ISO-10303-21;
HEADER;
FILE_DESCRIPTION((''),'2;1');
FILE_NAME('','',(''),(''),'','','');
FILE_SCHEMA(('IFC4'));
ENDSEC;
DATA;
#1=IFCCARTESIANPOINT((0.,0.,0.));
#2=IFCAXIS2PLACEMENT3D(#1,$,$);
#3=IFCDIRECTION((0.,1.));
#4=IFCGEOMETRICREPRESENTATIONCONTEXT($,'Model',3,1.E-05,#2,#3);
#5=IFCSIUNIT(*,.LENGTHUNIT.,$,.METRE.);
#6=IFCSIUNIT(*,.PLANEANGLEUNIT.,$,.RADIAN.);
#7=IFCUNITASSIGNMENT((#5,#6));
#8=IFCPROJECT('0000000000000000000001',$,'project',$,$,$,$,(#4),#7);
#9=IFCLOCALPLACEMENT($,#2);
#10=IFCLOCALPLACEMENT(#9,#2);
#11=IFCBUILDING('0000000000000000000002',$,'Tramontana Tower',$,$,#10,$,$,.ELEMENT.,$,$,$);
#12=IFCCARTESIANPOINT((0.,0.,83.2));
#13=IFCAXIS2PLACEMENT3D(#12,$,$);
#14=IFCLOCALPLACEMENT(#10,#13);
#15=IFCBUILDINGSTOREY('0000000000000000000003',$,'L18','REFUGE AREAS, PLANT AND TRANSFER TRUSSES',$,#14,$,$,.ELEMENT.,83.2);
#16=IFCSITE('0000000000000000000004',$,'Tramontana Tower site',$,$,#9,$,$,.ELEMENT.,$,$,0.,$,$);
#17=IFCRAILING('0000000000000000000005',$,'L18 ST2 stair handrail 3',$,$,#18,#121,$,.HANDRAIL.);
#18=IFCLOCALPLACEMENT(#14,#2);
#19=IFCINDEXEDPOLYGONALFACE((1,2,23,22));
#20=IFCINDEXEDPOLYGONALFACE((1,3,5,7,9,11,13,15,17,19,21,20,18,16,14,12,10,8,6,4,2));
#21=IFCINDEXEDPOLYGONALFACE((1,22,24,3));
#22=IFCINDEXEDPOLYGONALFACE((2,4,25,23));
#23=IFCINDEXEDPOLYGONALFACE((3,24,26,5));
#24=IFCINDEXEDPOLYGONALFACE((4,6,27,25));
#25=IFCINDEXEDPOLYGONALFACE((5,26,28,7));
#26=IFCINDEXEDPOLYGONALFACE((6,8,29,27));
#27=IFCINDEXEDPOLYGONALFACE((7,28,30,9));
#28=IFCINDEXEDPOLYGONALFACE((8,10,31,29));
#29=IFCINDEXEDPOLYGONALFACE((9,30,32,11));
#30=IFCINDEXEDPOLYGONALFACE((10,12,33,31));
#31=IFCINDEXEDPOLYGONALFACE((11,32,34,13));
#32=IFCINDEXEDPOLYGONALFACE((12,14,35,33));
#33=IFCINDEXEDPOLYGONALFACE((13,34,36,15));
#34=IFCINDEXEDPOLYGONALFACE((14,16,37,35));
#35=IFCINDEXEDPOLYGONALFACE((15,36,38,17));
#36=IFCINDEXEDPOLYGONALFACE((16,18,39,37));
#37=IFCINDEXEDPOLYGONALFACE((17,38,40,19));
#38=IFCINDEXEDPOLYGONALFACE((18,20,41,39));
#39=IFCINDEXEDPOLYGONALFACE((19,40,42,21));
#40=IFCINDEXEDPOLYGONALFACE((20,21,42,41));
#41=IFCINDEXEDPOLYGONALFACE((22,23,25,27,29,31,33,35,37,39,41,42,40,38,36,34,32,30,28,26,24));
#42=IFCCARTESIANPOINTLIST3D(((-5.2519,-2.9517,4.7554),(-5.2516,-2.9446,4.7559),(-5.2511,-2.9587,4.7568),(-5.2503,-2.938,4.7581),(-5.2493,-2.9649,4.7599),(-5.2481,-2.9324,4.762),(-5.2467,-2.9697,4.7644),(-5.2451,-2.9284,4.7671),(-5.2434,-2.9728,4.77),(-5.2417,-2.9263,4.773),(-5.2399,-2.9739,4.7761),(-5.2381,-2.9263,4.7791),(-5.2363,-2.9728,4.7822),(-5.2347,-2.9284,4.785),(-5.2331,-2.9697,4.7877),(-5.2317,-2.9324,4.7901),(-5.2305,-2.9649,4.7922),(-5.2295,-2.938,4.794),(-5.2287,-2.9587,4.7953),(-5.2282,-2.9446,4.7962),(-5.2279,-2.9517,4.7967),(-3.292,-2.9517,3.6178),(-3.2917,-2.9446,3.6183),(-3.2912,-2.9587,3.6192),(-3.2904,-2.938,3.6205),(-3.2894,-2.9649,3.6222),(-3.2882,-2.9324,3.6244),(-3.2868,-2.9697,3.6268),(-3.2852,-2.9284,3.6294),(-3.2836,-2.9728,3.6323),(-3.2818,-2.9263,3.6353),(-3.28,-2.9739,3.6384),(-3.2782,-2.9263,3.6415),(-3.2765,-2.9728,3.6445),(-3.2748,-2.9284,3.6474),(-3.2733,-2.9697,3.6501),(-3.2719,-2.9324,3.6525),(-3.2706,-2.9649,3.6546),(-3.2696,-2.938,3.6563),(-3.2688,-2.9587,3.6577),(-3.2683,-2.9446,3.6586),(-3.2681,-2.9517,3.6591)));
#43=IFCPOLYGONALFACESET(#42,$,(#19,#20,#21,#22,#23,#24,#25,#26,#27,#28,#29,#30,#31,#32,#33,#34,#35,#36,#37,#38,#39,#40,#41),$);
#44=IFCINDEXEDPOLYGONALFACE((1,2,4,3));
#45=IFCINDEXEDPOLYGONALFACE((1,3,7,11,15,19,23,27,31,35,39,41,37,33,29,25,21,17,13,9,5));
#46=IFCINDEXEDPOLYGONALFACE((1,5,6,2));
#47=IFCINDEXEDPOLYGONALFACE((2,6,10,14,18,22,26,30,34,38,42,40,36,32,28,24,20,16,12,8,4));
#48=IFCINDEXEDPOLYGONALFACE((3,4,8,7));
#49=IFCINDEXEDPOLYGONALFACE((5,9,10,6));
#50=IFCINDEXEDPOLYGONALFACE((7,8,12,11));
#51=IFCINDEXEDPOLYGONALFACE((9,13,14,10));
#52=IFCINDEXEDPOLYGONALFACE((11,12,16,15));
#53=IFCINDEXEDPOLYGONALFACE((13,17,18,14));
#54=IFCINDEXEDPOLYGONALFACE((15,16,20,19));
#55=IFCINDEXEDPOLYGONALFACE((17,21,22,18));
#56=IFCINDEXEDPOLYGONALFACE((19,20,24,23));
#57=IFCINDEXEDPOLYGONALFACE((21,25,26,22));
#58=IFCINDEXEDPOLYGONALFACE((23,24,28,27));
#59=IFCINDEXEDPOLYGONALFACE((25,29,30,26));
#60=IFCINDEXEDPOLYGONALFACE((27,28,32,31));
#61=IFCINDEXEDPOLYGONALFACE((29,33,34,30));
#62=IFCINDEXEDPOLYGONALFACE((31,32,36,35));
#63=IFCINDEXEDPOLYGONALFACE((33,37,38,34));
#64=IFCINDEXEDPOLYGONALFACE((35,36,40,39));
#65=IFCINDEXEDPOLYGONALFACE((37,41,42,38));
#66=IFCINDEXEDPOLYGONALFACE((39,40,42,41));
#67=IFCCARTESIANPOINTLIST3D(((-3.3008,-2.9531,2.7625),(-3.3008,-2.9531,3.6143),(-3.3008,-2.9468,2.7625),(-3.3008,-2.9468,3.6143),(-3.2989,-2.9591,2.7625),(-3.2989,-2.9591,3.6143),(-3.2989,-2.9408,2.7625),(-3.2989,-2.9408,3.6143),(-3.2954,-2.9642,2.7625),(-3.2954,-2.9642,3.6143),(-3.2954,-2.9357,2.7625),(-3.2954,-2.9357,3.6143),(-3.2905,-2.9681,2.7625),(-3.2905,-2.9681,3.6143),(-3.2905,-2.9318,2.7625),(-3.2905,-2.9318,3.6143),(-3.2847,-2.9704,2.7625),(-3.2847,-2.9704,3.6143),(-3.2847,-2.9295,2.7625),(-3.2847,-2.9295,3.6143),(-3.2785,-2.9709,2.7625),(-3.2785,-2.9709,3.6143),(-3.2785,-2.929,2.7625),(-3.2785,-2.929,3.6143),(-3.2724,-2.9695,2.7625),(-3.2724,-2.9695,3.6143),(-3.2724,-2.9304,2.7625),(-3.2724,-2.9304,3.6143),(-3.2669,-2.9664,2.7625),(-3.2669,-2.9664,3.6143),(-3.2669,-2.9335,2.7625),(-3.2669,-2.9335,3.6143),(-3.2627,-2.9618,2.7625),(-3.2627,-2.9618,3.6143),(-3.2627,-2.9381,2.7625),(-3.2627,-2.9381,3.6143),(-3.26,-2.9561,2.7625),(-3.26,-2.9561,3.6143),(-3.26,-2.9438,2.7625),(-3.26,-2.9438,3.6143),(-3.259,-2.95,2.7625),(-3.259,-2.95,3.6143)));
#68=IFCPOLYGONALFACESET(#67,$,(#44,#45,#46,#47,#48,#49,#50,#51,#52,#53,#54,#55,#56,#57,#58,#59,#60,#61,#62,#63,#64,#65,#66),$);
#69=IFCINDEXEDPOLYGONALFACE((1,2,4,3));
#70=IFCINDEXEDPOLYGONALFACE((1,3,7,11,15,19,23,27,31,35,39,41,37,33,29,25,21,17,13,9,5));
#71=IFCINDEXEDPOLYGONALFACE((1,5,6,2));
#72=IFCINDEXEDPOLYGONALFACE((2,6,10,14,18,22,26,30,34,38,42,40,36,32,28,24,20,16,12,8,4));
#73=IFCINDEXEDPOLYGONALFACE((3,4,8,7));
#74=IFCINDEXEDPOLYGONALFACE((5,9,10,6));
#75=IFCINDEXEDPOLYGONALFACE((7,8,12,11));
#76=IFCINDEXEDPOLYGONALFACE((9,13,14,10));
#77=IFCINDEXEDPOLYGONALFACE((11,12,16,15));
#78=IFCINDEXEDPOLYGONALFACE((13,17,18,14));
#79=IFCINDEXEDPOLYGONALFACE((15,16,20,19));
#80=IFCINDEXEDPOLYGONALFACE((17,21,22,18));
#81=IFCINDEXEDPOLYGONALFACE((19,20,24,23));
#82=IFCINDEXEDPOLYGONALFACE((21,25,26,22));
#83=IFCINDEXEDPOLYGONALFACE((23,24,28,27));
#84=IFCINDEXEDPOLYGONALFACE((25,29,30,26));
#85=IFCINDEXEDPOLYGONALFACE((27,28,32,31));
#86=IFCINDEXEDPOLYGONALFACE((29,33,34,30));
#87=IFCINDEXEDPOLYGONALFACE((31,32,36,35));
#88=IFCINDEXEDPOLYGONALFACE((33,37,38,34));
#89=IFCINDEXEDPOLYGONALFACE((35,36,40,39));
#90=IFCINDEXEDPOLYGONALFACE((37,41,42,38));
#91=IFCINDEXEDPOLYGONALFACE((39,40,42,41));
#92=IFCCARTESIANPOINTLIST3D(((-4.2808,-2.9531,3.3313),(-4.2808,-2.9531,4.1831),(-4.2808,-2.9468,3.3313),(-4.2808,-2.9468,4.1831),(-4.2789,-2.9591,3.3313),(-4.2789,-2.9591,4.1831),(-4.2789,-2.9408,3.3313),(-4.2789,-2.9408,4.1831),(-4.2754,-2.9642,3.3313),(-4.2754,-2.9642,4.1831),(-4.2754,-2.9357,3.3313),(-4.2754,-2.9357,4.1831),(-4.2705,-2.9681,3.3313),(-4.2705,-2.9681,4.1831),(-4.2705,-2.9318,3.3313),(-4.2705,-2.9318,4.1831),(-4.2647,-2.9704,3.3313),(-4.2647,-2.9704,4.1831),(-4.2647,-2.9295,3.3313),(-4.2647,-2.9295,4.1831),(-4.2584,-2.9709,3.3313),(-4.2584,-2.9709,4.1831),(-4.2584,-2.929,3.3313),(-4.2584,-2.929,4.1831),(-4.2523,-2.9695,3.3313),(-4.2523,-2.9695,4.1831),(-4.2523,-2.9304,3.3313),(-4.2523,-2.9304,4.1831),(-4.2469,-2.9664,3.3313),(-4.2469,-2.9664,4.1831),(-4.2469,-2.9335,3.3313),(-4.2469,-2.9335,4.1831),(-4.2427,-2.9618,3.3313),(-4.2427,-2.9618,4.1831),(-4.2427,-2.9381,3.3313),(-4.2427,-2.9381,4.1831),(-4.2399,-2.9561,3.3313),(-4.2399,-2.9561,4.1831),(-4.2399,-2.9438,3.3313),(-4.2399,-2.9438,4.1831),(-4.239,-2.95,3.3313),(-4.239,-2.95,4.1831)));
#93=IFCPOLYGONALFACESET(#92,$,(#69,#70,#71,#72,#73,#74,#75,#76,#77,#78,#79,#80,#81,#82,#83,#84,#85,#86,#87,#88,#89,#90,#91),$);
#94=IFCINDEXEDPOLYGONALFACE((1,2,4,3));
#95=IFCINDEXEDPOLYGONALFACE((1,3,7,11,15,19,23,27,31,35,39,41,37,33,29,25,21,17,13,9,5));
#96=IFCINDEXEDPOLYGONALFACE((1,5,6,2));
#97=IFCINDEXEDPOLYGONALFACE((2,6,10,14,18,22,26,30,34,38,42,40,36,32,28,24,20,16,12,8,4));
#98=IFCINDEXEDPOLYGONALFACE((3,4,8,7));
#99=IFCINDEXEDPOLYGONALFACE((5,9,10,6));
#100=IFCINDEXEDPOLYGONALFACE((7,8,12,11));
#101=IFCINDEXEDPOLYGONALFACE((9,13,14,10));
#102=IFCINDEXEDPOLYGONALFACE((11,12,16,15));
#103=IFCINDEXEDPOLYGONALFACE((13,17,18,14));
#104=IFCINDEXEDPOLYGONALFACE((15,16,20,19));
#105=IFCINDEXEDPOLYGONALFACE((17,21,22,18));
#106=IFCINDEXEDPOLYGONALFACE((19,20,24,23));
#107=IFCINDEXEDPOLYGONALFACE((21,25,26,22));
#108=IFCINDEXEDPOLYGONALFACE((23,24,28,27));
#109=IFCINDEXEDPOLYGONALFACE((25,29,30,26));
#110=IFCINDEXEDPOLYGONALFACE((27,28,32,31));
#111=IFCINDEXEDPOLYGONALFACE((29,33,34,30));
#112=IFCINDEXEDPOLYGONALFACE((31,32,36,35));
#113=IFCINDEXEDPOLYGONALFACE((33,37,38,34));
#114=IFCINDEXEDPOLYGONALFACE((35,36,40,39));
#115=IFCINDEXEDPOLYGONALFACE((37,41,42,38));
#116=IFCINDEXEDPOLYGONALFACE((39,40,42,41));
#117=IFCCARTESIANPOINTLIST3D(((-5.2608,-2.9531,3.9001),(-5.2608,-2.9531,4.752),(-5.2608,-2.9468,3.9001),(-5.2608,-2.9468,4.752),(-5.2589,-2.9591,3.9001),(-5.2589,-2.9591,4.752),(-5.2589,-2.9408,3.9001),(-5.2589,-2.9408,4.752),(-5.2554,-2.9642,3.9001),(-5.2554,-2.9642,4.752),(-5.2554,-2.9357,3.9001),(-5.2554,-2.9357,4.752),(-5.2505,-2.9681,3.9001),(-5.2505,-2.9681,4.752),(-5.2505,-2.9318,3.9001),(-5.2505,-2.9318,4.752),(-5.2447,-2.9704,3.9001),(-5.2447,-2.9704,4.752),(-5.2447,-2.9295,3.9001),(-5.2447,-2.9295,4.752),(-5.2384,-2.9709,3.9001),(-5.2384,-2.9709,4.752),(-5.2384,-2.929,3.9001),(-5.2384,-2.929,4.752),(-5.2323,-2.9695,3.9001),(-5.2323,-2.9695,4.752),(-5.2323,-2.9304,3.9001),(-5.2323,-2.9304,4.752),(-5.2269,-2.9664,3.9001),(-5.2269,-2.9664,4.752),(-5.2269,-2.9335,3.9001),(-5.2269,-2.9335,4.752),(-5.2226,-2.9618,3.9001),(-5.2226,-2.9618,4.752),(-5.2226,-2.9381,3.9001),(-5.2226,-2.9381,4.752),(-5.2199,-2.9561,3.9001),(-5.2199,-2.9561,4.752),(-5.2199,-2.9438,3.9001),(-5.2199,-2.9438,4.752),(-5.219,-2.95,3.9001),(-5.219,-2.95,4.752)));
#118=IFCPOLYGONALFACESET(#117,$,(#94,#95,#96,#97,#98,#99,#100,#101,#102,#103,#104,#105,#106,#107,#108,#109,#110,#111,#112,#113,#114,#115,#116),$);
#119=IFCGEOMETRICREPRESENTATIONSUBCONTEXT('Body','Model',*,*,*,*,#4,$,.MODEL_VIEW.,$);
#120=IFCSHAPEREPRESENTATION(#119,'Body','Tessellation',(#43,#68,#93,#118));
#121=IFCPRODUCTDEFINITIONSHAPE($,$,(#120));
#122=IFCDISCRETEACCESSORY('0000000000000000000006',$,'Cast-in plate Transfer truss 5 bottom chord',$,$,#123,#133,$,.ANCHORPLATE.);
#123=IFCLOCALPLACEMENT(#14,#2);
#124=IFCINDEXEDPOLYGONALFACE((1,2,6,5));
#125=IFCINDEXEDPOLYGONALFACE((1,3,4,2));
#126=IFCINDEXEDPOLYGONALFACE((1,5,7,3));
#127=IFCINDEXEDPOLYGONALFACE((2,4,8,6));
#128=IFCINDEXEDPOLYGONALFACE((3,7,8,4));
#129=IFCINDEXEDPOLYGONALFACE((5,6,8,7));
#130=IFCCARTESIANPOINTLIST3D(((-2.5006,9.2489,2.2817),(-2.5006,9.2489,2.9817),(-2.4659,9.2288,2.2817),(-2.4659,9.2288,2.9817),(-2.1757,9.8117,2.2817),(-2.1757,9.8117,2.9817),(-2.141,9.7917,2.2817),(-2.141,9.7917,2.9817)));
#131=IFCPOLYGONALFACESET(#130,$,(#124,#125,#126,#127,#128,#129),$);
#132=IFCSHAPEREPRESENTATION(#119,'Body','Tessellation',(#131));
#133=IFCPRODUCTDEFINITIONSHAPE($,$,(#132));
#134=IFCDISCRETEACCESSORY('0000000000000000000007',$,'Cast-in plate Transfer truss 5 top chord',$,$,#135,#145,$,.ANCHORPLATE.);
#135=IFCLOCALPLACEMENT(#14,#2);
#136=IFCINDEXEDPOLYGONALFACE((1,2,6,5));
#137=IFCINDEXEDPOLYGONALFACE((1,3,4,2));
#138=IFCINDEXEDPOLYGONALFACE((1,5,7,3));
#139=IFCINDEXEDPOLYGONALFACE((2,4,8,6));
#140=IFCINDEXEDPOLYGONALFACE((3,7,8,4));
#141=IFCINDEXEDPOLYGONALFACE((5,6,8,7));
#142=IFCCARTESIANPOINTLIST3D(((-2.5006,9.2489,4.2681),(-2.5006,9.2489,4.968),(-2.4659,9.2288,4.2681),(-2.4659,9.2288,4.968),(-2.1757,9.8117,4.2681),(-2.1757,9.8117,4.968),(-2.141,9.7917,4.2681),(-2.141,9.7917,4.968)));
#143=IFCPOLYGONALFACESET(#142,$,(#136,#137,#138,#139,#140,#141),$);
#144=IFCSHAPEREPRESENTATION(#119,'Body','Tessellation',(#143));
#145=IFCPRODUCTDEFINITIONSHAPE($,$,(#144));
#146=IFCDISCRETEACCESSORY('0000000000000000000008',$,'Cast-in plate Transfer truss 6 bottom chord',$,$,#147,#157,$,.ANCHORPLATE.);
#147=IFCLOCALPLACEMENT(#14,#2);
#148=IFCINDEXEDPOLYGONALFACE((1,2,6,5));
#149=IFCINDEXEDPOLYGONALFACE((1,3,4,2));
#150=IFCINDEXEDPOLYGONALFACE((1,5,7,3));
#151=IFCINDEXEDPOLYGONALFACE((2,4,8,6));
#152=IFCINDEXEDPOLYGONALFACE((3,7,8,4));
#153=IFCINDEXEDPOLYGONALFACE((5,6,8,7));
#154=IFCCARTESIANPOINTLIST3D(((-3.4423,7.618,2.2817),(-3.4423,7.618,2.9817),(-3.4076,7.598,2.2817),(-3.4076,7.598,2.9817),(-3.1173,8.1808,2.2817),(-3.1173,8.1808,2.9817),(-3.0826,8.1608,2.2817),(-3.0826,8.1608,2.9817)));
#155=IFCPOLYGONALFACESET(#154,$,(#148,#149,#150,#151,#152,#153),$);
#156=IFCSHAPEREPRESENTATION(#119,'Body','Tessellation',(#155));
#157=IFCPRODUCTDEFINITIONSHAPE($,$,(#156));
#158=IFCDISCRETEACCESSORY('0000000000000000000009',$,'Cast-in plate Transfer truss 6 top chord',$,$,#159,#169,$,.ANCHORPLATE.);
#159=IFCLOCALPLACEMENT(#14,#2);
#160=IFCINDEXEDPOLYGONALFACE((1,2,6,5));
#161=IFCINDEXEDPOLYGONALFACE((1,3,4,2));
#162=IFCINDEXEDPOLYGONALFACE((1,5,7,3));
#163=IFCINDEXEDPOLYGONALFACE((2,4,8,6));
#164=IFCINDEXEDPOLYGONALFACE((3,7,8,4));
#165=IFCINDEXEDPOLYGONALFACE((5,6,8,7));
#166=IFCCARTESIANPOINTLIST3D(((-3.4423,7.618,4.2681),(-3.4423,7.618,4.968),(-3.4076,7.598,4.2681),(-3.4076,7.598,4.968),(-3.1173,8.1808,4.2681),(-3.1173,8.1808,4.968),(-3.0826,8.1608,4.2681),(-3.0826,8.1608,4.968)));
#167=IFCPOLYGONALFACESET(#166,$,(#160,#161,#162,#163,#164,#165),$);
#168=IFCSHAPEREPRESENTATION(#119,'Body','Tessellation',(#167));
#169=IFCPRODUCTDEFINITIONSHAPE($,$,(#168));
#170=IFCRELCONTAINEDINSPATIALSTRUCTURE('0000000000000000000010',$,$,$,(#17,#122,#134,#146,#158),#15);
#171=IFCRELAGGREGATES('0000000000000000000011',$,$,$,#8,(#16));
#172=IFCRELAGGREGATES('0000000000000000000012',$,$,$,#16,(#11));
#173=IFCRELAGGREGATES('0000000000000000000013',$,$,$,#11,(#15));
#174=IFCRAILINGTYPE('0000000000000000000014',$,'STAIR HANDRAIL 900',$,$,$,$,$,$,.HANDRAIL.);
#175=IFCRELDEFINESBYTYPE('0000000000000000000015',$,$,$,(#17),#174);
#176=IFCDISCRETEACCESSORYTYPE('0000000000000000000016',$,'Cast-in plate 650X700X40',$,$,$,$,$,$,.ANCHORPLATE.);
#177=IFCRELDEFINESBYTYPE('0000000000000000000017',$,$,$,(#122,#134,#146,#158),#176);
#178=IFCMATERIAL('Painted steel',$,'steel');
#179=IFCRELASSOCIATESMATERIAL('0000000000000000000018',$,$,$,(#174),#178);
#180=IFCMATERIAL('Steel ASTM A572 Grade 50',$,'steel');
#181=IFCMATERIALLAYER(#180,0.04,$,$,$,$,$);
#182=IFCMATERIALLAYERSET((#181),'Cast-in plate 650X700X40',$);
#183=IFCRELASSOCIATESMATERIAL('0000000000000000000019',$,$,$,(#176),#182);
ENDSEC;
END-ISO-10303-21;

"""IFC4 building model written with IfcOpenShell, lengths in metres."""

from ifc_helpers import new_model, si_unit, direction, frame, origin, origin_2d, place, context, subcontext, project, spatial, rectangle, circle, extrude, material, layer, layer_set, type_object, element, save


model = new_model("IFC4")

# Units and contexts
model_context = context("Model", 3, precision=1e-05, world=origin(), true_north=direction((0.0, 1.0)))
body_context = subcontext(model_context, "Body", "Model", "MODEL_VIEW")
ifc_project = project(units=[si_unit("LENGTHUNIT", "METRE"), si_unit("PLANEANGLEUNIT", "RADIAN")], contexts=[model_context])

# Site, building, storey
site_placement = place(None, origin())
site = spatial("IfcSite", under=ifc_project, at=site_placement, Name="Tramontana Tower site", CompositionType="ELEMENT", RefElevation=0.0)
building_placement = place(site_placement, origin())
building = spatial("IfcBuilding", under=site, at=building_placement, Name="Tramontana Tower", CompositionType="ELEMENT")
storey_placement = place(building_placement, frame((0.0, 0.0, 83.2)))
storey = spatial("IfcBuildingStorey", under=building, at=storey_placement, Name="L18", Description="REFUGE AREAS, PLANT AND TRANSFER TRUSSES", CompositionType="ELEMENT", Elevation=83.2)

# Railing
ifc_material_1 = material(Name="Painted steel", Category="steel")
railing_type = type_object("IfcRailingType", Name="STAIR HANDRAIL 900", PredefinedType="HANDRAIL", material=ifc_material_1)
railing_1_placement = place(storey_placement, frame((-3.28, -2.95, 2.7625)))
element("IfcRailing", 1, at=railing_1_placement, inside=storey, type_object=railing_type, Name="L18 ST2 stair handrail 3", PredefinedType="HANDRAIL", context=body_context, shape_type="SweptSolid", body=[
    extrude(circle(Radius=0.0239, at=origin_2d()), frame((0.0, 0.0, 0.876), z_axis=(-0.864855, 0.0, 0.502021), x_axis=(0.0, -1.0, 0.0)), (0.0, 0.0, 1.0), 2.2661),
    extrude(circle(Radius=0.021, at=origin_2d()), origin(), (0.0, 0.0, 1.0), 0.8518),
    extrude(circle(Radius=0.021, at=origin_2d()), frame((-0.98, 0.0, 0.5688)), (0.0, 0.0, 1.0), 0.8518),
    extrude(circle(Radius=0.021, at=origin_2d()), frame((-1.96, 0.0, 1.1377)), (0.0, 0.0, 1.0), 0.8518),
])

# Discrete accessories
ifc_material_2 = material(Name="Steel ASTM A572 Grade 50", Category="steel")
ifc_layer_1 = layer(ifc_material_2, 0.04)
ifc_layer_set_1 = layer_set([ifc_layer_1], Name="Cast-in plate 650X700X40")
discrete_accessory_type = type_object("IfcDiscreteAccessoryType", Name="Cast-in plate 650X700X40", PredefinedType="ANCHORPLATE", material=ifc_layer_set_1)
for number, where, z_axis, x_axis, name in (
    (2, (-2.3208, 9.5203, 2.2817), (0.0, 0.0, 1.0), (-0.5, -0.866025, 0.0), "Cast-in plate Transfer truss 5 bottom chord"),
    (3, (-2.3208, 9.5203, 4.2681), (0.0, 0.0, 1.0), (-0.5, -0.866025, 0.0), "Cast-in plate Transfer truss 5 top chord"),
    (4, (-3.2625, 7.8894, 2.2817), (0.0, 0.0, 1.0), (-0.5, -0.866025, 0.0), "Cast-in plate Transfer truss 6 bottom chord"),
    (5, (-3.2625, 7.8894, 4.2681), (0.0, 0.0, 1.0), (-0.5, -0.866025, 0.0), "Cast-in plate Transfer truss 6 top chord"),
):
    element("IfcDiscreteAccessory", number, at=place(storey_placement, frame(where, z_axis=z_axis, x_axis=x_axis)), inside=storey, type_object=discrete_accessory_type, Name=name, PredefinedType="ANCHORPLATE", context=body_context, shape_type="SweptSolid", body=[
        extrude(rectangle(XDim=0.6499, YDim=0.04, at=origin_2d()), origin(), (0.0, 0.0, 1.0), 0.7),
    ])

save(model, "model.ifc")
